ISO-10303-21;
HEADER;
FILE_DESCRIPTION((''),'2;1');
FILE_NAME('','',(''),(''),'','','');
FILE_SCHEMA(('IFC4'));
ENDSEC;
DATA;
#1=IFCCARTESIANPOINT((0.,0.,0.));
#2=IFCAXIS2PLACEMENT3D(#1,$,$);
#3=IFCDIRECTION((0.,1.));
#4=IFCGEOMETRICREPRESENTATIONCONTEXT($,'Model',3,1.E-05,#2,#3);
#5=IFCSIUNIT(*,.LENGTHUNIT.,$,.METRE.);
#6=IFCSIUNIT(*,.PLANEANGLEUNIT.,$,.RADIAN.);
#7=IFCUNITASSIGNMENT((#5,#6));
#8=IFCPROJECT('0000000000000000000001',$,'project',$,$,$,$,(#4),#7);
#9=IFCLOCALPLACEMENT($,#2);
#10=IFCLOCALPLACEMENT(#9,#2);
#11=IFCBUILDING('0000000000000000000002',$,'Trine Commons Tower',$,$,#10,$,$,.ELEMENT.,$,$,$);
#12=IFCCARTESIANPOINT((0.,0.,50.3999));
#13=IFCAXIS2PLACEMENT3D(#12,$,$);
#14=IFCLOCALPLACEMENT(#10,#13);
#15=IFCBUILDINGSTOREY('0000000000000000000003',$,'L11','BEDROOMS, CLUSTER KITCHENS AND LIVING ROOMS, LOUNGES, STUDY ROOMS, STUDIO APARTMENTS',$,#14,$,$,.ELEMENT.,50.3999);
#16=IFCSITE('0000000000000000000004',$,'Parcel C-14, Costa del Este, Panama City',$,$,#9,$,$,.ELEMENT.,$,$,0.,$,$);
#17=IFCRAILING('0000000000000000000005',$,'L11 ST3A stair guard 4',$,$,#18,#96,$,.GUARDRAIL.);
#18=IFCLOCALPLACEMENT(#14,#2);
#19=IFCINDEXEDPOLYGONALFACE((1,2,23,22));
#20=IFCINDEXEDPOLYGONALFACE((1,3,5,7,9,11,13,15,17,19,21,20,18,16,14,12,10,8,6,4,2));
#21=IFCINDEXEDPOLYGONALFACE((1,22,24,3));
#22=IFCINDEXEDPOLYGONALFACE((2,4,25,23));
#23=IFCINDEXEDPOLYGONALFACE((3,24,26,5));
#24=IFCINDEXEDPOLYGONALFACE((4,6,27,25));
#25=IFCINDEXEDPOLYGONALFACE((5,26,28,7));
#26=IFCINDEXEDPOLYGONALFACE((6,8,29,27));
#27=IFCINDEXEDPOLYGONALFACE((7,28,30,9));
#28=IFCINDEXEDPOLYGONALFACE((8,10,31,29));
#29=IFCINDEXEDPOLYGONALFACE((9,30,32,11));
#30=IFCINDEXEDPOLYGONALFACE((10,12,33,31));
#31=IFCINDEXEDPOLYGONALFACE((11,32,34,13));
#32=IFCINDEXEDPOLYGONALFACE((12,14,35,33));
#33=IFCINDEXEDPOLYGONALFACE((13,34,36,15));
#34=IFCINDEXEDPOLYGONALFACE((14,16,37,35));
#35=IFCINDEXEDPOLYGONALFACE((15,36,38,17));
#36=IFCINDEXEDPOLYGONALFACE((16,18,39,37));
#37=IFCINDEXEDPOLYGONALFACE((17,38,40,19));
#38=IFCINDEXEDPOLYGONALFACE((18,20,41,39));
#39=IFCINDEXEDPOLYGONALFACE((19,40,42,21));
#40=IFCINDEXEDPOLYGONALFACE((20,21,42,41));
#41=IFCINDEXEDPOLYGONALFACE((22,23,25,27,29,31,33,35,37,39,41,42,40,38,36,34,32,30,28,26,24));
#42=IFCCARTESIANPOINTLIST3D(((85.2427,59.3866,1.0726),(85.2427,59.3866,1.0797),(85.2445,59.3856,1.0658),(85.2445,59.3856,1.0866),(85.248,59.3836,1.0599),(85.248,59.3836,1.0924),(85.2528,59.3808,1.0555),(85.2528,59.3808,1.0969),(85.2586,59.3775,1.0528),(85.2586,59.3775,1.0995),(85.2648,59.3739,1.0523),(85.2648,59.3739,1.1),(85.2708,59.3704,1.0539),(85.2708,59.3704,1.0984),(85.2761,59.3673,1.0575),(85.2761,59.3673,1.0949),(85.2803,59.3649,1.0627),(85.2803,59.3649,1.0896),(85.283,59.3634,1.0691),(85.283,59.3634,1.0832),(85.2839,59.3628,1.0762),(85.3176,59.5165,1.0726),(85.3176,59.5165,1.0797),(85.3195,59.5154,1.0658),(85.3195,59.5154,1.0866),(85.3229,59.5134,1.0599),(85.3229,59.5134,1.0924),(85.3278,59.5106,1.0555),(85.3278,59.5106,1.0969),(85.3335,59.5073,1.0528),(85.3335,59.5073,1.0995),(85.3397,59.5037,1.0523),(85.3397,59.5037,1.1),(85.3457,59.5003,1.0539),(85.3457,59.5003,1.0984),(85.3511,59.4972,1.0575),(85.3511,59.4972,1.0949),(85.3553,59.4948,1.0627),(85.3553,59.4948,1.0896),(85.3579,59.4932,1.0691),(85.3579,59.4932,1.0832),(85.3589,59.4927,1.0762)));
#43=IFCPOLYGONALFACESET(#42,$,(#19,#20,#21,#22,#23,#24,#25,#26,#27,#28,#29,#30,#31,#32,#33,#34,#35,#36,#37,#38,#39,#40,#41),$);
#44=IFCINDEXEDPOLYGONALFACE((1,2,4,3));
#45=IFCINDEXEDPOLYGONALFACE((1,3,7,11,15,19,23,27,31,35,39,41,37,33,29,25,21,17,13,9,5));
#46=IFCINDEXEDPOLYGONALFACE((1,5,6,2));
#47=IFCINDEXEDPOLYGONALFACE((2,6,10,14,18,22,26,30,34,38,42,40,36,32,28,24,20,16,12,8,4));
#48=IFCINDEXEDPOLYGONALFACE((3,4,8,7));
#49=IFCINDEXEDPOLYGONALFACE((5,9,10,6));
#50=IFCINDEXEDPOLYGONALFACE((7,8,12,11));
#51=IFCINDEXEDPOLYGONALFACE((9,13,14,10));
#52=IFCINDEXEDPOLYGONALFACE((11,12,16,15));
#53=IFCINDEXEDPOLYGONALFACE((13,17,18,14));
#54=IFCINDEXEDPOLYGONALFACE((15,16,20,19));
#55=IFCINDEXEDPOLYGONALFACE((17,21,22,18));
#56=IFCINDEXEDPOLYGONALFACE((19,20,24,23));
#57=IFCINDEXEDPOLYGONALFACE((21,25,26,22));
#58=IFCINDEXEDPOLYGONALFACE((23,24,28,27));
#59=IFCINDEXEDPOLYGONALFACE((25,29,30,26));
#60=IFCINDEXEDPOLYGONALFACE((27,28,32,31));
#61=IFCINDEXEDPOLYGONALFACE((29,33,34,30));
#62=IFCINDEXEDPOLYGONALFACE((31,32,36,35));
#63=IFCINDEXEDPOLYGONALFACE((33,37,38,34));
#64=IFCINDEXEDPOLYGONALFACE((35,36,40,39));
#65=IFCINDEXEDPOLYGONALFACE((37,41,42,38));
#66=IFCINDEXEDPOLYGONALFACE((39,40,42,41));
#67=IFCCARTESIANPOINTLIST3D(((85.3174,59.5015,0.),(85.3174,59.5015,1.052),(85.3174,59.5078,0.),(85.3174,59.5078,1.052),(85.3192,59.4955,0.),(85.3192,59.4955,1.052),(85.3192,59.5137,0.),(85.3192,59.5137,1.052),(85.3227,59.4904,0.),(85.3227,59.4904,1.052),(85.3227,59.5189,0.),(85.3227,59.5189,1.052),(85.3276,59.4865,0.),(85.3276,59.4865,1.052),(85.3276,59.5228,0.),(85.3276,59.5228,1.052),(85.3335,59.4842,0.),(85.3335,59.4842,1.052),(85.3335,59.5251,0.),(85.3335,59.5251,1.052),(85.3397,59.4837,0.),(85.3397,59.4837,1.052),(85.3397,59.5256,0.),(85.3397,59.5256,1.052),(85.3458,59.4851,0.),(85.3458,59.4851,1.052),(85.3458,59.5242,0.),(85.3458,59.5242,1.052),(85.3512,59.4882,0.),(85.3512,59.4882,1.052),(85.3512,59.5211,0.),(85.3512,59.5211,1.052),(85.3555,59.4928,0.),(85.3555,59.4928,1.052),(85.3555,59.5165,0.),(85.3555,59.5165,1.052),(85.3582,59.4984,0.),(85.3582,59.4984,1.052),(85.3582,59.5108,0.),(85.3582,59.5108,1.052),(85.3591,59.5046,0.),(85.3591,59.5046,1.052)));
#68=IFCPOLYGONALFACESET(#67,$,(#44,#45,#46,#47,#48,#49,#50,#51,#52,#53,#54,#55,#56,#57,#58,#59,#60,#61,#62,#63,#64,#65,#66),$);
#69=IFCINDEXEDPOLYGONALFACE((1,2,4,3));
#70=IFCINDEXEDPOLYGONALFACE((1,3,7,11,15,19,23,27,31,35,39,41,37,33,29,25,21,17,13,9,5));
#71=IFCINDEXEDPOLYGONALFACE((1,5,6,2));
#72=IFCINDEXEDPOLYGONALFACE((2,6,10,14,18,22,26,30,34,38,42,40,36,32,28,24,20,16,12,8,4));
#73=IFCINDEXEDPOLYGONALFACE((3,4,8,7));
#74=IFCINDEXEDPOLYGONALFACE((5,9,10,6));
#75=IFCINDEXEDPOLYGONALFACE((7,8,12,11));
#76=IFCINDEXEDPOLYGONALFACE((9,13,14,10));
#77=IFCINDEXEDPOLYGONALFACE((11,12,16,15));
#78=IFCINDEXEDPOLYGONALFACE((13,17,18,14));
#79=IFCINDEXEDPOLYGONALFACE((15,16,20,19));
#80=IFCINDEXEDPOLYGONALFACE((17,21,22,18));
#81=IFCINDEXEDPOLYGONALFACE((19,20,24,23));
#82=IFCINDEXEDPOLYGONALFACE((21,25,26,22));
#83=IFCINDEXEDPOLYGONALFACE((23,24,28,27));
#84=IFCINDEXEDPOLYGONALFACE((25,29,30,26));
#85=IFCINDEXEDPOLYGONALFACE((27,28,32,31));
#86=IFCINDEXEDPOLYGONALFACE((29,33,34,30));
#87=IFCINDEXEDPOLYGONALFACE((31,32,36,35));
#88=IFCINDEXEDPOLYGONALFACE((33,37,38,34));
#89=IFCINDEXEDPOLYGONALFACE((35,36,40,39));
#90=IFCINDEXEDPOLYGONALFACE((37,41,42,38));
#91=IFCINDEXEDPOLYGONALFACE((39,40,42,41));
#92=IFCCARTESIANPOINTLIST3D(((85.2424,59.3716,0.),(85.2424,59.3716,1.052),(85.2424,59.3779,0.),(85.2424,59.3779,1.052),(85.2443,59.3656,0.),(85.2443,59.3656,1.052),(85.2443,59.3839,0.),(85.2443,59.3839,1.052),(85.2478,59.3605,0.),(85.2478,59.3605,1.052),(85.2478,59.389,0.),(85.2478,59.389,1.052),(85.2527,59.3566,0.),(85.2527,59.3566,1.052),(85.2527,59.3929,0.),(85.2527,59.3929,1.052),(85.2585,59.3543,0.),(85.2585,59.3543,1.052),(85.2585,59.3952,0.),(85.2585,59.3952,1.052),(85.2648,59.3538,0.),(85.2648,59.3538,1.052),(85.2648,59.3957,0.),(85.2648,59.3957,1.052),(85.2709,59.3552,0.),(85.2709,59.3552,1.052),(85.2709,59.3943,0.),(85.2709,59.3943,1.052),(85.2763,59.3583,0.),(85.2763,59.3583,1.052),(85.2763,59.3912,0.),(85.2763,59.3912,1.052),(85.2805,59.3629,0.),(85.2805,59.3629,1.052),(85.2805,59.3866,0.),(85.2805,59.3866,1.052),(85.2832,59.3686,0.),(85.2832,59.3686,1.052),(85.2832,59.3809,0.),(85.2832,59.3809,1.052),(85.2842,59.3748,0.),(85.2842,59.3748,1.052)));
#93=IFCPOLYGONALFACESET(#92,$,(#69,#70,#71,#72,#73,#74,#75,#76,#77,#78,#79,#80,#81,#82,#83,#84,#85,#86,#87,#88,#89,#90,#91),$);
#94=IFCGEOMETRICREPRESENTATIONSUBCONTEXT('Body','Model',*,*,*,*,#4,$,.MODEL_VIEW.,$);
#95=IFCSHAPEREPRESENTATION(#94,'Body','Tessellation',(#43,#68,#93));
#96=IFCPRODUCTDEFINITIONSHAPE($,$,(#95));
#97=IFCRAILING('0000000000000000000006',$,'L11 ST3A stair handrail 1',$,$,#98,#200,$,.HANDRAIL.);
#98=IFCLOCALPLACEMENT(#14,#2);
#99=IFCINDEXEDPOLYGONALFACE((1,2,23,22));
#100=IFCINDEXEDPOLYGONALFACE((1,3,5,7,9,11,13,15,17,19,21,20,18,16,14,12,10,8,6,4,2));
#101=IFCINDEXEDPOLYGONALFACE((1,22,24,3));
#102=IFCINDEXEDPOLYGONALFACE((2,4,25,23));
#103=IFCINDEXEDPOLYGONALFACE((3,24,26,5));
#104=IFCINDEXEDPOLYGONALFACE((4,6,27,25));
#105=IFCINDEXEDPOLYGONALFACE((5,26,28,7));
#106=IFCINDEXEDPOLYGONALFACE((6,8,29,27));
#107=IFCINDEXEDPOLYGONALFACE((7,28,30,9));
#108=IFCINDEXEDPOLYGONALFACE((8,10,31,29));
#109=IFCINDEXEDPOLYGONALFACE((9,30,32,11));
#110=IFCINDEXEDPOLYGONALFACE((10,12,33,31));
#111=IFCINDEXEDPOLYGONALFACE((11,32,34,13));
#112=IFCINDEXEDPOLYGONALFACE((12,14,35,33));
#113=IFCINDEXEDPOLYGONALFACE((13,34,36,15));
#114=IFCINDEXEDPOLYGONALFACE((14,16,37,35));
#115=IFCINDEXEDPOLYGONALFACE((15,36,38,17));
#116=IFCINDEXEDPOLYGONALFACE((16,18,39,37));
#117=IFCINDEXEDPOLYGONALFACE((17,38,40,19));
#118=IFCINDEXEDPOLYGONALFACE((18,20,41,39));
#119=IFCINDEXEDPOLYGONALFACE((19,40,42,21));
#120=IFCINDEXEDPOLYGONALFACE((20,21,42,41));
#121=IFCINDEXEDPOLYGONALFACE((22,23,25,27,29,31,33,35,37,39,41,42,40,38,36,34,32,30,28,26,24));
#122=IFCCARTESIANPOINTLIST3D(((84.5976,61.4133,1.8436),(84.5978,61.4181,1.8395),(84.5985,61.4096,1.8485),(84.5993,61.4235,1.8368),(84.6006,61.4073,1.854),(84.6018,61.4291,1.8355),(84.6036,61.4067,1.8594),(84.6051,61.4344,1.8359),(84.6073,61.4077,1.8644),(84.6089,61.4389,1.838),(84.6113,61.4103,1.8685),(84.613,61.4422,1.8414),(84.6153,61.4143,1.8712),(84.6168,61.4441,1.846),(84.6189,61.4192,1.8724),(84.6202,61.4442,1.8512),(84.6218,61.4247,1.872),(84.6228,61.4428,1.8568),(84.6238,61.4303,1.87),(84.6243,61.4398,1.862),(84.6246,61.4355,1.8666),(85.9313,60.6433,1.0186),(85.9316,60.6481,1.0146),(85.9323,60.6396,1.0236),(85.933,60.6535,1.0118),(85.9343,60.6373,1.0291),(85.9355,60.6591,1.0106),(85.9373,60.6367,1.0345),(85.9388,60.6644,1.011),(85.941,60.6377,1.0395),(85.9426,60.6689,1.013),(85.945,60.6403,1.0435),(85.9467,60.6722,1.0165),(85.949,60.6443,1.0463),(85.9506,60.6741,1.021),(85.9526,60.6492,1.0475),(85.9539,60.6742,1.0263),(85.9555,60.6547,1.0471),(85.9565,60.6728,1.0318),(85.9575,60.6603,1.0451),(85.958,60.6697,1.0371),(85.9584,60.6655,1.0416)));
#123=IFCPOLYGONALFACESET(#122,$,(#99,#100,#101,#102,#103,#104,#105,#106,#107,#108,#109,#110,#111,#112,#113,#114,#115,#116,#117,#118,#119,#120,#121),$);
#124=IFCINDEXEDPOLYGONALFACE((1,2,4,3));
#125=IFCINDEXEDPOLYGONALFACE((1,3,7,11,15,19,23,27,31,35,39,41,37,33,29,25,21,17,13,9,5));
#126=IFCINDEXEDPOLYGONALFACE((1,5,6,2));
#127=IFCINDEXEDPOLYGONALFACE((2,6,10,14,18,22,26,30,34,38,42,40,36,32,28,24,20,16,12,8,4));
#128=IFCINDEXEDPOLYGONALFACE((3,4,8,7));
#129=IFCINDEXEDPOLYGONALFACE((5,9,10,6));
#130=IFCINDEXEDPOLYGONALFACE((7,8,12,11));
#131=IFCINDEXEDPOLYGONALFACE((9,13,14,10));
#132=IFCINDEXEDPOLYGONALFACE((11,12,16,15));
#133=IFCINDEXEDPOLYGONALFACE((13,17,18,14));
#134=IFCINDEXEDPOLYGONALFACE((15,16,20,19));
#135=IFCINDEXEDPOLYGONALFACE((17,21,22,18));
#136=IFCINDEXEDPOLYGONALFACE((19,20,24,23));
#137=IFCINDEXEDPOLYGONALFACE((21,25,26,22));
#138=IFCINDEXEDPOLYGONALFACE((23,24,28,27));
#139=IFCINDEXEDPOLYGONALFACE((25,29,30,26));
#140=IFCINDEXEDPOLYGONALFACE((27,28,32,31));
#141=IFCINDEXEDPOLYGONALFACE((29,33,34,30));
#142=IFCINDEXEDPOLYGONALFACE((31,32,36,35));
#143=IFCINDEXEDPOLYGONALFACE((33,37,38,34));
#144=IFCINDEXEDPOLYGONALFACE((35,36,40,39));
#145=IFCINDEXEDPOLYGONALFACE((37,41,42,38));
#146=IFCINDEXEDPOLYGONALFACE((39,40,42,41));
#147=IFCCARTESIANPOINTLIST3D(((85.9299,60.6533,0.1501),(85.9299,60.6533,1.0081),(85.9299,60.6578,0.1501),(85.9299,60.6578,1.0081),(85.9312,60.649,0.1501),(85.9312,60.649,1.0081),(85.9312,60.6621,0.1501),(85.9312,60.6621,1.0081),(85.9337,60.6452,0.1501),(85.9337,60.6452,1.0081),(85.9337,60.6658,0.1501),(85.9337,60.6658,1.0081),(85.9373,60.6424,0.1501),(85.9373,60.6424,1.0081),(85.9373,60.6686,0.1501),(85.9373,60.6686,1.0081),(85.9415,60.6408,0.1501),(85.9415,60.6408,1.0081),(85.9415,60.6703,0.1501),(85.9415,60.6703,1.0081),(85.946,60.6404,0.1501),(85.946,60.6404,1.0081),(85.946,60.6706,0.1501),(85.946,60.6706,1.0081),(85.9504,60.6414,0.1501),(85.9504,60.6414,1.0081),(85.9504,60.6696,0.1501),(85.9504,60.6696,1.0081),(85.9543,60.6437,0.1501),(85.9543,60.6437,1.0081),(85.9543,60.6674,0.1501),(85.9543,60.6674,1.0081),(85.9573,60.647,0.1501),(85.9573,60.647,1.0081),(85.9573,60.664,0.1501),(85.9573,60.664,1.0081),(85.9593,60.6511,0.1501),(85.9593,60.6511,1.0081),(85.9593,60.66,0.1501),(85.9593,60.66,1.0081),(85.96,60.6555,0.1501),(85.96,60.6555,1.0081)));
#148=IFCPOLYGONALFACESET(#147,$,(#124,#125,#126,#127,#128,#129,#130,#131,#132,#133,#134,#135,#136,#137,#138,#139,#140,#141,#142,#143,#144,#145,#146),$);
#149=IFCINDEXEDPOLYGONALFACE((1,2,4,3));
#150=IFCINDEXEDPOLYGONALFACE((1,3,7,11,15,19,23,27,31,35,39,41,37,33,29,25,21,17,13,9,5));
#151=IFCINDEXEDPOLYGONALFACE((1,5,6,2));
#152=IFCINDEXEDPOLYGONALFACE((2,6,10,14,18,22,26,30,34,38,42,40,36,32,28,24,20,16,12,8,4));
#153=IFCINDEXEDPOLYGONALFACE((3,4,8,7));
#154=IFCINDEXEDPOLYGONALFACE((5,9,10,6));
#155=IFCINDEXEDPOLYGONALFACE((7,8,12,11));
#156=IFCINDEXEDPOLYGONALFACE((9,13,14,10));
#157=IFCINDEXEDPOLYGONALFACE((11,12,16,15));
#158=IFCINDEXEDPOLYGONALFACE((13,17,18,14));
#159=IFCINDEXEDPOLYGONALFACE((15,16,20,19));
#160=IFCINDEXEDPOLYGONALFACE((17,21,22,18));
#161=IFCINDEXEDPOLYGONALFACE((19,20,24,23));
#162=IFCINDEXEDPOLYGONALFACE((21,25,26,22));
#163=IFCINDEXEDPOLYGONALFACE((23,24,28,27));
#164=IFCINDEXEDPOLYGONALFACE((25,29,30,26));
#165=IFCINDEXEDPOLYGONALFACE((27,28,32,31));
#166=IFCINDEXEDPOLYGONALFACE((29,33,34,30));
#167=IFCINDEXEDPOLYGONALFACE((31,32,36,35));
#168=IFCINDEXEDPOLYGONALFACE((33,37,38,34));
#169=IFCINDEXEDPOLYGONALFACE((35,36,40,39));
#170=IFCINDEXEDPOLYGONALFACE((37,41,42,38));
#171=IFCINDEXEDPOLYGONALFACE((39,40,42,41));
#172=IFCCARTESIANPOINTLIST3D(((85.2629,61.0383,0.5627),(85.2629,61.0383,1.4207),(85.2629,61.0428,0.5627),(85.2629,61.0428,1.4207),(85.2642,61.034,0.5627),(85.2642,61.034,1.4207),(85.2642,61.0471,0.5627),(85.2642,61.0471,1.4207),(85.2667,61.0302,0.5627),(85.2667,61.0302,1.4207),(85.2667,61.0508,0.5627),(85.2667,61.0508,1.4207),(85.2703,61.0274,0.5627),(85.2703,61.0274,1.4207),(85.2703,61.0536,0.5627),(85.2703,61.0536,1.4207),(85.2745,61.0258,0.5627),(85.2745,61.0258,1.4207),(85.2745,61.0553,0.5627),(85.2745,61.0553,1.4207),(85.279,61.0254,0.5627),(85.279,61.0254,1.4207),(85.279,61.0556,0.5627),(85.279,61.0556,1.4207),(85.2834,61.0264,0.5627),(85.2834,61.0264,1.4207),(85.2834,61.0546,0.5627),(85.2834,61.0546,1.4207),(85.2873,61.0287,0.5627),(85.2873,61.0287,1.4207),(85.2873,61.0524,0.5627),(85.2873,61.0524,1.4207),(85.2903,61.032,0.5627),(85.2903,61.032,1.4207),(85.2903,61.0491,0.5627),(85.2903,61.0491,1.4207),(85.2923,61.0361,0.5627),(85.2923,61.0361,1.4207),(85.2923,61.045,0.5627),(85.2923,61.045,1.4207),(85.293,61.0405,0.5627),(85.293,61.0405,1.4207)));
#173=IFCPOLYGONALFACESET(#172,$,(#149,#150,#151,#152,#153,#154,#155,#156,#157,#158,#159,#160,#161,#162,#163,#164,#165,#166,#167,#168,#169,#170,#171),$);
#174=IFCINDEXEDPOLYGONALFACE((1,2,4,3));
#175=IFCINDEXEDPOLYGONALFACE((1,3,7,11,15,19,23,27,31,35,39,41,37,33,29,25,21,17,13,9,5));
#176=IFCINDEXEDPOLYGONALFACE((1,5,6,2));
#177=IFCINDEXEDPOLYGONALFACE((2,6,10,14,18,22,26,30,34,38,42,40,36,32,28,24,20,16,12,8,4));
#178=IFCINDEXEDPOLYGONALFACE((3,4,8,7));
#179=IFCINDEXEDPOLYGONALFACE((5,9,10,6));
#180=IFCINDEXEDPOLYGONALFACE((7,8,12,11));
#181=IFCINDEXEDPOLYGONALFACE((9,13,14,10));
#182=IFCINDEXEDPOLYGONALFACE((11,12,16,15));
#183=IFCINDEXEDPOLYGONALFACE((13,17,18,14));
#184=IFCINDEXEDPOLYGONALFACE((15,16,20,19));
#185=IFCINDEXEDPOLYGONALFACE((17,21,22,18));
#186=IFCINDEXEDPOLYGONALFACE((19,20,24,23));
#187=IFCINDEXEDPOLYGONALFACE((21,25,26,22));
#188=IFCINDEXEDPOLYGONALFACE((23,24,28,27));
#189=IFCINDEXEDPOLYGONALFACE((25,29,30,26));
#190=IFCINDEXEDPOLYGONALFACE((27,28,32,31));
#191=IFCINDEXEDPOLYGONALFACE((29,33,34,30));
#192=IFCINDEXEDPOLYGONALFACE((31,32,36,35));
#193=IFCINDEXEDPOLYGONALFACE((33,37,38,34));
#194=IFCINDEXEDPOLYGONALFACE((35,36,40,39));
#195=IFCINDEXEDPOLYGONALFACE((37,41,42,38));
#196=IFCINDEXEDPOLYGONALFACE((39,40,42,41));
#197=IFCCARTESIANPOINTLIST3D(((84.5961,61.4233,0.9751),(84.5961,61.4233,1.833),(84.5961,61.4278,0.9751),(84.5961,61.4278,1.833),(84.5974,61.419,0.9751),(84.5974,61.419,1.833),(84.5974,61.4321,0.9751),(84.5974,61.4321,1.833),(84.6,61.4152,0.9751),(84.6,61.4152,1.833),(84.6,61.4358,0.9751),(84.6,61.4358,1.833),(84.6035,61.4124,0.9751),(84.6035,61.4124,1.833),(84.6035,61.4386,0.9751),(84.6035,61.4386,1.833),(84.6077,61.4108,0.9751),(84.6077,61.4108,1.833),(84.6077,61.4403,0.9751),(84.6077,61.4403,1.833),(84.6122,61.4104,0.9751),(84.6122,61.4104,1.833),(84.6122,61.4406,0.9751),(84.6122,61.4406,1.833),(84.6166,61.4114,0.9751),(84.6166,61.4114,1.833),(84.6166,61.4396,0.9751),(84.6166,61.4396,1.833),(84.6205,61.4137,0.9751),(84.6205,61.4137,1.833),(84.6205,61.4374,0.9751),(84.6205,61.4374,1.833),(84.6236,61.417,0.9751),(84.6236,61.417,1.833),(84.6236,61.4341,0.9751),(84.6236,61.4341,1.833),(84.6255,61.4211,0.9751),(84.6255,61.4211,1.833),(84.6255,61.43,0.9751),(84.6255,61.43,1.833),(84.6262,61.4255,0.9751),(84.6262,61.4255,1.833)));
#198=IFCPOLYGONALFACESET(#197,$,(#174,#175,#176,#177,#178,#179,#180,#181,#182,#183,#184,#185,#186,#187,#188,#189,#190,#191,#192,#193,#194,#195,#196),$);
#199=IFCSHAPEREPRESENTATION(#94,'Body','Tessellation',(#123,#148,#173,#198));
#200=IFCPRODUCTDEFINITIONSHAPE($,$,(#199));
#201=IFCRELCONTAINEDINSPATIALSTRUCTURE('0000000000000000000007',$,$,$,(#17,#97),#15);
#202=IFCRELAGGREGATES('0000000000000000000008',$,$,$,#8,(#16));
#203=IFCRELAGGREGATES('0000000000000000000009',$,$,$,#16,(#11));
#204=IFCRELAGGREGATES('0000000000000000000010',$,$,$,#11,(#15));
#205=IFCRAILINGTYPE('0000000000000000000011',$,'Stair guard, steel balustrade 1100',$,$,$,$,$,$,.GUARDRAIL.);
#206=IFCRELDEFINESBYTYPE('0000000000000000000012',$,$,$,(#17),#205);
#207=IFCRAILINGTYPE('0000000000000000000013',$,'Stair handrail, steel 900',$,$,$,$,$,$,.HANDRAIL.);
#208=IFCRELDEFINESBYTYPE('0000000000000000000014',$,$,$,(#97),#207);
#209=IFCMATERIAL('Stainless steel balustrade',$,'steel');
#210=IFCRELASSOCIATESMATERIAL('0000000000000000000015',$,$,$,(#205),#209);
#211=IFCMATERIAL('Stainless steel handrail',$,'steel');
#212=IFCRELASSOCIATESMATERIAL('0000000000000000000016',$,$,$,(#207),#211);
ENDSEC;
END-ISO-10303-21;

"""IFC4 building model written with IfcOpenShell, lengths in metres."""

from ifc_helpers import new_model, si_unit, direction, frame, origin, origin_2d, place, context, subcontext, project, spatial, circle, extrude, material, type_object, element, save


model = new_model("IFC4")

# Units and contexts
model_context = context("Model", 3, precision=1e-05, world=origin(), true_north=direction((0.0, 1.0)))
body_context = subcontext(model_context, "Body", "Model", "MODEL_VIEW")
ifc_project = project(units=[si_unit("LENGTHUNIT", "METRE"), si_unit("PLANEANGLEUNIT", "RADIAN")], contexts=[model_context])

# Site, building, storey
site_placement = place(None, origin())
site = spatial("IfcSite", under=ifc_project, at=site_placement, Name="Parcel C-14, Costa del Este, Panama City", CompositionType="ELEMENT", RefElevation=0.0)
building_placement = place(site_placement, origin())
building = spatial("IfcBuilding", under=site, at=building_placement, Name="Trine Commons Tower", CompositionType="ELEMENT")
storey_placement = place(building_placement, frame((0.0, 0.0, 50.3999)))
storey = spatial("IfcBuildingStorey", under=building, at=storey_placement, Name="L11", Description="BEDROOMS, CLUSTER KITCHENS AND LIVING ROOMS, LOUNGES, STUDY ROOMS, STUDIO APARTMENTS", CompositionType="ELEMENT", Elevation=50.3999)

# Railings
ifc_material_1 = material(Name="Stainless steel balustrade", Category="steel")
railing_type_1 = type_object("IfcRailingType", Name="Stair guard, steel balustrade 1100", PredefinedType="GUARDRAIL", material=ifc_material_1)
railing_1_placement = place(storey_placement, frame((85.3381, 59.5046, 0.0)))
element("IfcRailing", 1, at=railing_1_placement, inside=storey, type_object=railing_type_1, Name="L11 ST3A stair guard 4", PredefinedType="GUARDRAIL", context=body_context, shape_type="SweptSolid", body=[
    extrude(circle(Radius=0.0239, at=origin_2d()), frame((0.0, 0.0, 1.0762), z_axis=(-0.499816, -0.866131, 0.0), x_axis=(0.866131, -0.499816, 0.0)), (0.0, 0.0, 1.0), 0.1499),
    extrude(circle(Radius=0.021, at=origin_2d()), origin(), (0.0, 0.0, 1.0), 1.052),
    extrude(circle(Radius=0.021, at=origin_2d()), frame((-0.075, -0.1299, 0.0)), (0.0, 0.0, 1.0), 1.052),
])
ifc_material_2 = material(Name="Stainless steel handrail", Category="steel")
railing_type_2 = type_object("IfcRailingType", Name="Stair handrail, steel 900", PredefinedType="HANDRAIL", material=ifc_material_2)
for number, where, name in (
    (2, (85.9448, 60.6555, 0.1501), "L11 ST3A stair handrail 1"),
):
    element("IfcRailing", number, at=place(storey_placement, frame(where)), inside=storey, type_object=railing_type_2, Name=name, PredefinedType="HANDRAIL", context=body_context, shape_type="SweptSolid", body=[
        extrude(circle(Radius=0.021, at=origin_2d()), frame((0.0, 0.0, 0.8789), z_axis=(-0.763405, 0.440743, 0.472185), x_axis=(-0.499992, -0.86603, 0.0)), (0.0, 0.0, 1.0), 1.7471),
        extrude(circle(Radius=0.0151, at=origin_2d()), origin(), (0.0, 0.0, 1.0), 0.8579),
        extrude(circle(Radius=0.0151, at=origin_2d()), frame((-0.667, 0.385, 0.4126)), (0.0, 0.0, 1.0), 0.8579),
        extrude(circle(Radius=0.0151, at=origin_2d()), frame((-1.3337, 0.77, 0.825)), (0.0, 0.0, 1.0), 0.8579),
    ])

save(model, "model.ifc")
